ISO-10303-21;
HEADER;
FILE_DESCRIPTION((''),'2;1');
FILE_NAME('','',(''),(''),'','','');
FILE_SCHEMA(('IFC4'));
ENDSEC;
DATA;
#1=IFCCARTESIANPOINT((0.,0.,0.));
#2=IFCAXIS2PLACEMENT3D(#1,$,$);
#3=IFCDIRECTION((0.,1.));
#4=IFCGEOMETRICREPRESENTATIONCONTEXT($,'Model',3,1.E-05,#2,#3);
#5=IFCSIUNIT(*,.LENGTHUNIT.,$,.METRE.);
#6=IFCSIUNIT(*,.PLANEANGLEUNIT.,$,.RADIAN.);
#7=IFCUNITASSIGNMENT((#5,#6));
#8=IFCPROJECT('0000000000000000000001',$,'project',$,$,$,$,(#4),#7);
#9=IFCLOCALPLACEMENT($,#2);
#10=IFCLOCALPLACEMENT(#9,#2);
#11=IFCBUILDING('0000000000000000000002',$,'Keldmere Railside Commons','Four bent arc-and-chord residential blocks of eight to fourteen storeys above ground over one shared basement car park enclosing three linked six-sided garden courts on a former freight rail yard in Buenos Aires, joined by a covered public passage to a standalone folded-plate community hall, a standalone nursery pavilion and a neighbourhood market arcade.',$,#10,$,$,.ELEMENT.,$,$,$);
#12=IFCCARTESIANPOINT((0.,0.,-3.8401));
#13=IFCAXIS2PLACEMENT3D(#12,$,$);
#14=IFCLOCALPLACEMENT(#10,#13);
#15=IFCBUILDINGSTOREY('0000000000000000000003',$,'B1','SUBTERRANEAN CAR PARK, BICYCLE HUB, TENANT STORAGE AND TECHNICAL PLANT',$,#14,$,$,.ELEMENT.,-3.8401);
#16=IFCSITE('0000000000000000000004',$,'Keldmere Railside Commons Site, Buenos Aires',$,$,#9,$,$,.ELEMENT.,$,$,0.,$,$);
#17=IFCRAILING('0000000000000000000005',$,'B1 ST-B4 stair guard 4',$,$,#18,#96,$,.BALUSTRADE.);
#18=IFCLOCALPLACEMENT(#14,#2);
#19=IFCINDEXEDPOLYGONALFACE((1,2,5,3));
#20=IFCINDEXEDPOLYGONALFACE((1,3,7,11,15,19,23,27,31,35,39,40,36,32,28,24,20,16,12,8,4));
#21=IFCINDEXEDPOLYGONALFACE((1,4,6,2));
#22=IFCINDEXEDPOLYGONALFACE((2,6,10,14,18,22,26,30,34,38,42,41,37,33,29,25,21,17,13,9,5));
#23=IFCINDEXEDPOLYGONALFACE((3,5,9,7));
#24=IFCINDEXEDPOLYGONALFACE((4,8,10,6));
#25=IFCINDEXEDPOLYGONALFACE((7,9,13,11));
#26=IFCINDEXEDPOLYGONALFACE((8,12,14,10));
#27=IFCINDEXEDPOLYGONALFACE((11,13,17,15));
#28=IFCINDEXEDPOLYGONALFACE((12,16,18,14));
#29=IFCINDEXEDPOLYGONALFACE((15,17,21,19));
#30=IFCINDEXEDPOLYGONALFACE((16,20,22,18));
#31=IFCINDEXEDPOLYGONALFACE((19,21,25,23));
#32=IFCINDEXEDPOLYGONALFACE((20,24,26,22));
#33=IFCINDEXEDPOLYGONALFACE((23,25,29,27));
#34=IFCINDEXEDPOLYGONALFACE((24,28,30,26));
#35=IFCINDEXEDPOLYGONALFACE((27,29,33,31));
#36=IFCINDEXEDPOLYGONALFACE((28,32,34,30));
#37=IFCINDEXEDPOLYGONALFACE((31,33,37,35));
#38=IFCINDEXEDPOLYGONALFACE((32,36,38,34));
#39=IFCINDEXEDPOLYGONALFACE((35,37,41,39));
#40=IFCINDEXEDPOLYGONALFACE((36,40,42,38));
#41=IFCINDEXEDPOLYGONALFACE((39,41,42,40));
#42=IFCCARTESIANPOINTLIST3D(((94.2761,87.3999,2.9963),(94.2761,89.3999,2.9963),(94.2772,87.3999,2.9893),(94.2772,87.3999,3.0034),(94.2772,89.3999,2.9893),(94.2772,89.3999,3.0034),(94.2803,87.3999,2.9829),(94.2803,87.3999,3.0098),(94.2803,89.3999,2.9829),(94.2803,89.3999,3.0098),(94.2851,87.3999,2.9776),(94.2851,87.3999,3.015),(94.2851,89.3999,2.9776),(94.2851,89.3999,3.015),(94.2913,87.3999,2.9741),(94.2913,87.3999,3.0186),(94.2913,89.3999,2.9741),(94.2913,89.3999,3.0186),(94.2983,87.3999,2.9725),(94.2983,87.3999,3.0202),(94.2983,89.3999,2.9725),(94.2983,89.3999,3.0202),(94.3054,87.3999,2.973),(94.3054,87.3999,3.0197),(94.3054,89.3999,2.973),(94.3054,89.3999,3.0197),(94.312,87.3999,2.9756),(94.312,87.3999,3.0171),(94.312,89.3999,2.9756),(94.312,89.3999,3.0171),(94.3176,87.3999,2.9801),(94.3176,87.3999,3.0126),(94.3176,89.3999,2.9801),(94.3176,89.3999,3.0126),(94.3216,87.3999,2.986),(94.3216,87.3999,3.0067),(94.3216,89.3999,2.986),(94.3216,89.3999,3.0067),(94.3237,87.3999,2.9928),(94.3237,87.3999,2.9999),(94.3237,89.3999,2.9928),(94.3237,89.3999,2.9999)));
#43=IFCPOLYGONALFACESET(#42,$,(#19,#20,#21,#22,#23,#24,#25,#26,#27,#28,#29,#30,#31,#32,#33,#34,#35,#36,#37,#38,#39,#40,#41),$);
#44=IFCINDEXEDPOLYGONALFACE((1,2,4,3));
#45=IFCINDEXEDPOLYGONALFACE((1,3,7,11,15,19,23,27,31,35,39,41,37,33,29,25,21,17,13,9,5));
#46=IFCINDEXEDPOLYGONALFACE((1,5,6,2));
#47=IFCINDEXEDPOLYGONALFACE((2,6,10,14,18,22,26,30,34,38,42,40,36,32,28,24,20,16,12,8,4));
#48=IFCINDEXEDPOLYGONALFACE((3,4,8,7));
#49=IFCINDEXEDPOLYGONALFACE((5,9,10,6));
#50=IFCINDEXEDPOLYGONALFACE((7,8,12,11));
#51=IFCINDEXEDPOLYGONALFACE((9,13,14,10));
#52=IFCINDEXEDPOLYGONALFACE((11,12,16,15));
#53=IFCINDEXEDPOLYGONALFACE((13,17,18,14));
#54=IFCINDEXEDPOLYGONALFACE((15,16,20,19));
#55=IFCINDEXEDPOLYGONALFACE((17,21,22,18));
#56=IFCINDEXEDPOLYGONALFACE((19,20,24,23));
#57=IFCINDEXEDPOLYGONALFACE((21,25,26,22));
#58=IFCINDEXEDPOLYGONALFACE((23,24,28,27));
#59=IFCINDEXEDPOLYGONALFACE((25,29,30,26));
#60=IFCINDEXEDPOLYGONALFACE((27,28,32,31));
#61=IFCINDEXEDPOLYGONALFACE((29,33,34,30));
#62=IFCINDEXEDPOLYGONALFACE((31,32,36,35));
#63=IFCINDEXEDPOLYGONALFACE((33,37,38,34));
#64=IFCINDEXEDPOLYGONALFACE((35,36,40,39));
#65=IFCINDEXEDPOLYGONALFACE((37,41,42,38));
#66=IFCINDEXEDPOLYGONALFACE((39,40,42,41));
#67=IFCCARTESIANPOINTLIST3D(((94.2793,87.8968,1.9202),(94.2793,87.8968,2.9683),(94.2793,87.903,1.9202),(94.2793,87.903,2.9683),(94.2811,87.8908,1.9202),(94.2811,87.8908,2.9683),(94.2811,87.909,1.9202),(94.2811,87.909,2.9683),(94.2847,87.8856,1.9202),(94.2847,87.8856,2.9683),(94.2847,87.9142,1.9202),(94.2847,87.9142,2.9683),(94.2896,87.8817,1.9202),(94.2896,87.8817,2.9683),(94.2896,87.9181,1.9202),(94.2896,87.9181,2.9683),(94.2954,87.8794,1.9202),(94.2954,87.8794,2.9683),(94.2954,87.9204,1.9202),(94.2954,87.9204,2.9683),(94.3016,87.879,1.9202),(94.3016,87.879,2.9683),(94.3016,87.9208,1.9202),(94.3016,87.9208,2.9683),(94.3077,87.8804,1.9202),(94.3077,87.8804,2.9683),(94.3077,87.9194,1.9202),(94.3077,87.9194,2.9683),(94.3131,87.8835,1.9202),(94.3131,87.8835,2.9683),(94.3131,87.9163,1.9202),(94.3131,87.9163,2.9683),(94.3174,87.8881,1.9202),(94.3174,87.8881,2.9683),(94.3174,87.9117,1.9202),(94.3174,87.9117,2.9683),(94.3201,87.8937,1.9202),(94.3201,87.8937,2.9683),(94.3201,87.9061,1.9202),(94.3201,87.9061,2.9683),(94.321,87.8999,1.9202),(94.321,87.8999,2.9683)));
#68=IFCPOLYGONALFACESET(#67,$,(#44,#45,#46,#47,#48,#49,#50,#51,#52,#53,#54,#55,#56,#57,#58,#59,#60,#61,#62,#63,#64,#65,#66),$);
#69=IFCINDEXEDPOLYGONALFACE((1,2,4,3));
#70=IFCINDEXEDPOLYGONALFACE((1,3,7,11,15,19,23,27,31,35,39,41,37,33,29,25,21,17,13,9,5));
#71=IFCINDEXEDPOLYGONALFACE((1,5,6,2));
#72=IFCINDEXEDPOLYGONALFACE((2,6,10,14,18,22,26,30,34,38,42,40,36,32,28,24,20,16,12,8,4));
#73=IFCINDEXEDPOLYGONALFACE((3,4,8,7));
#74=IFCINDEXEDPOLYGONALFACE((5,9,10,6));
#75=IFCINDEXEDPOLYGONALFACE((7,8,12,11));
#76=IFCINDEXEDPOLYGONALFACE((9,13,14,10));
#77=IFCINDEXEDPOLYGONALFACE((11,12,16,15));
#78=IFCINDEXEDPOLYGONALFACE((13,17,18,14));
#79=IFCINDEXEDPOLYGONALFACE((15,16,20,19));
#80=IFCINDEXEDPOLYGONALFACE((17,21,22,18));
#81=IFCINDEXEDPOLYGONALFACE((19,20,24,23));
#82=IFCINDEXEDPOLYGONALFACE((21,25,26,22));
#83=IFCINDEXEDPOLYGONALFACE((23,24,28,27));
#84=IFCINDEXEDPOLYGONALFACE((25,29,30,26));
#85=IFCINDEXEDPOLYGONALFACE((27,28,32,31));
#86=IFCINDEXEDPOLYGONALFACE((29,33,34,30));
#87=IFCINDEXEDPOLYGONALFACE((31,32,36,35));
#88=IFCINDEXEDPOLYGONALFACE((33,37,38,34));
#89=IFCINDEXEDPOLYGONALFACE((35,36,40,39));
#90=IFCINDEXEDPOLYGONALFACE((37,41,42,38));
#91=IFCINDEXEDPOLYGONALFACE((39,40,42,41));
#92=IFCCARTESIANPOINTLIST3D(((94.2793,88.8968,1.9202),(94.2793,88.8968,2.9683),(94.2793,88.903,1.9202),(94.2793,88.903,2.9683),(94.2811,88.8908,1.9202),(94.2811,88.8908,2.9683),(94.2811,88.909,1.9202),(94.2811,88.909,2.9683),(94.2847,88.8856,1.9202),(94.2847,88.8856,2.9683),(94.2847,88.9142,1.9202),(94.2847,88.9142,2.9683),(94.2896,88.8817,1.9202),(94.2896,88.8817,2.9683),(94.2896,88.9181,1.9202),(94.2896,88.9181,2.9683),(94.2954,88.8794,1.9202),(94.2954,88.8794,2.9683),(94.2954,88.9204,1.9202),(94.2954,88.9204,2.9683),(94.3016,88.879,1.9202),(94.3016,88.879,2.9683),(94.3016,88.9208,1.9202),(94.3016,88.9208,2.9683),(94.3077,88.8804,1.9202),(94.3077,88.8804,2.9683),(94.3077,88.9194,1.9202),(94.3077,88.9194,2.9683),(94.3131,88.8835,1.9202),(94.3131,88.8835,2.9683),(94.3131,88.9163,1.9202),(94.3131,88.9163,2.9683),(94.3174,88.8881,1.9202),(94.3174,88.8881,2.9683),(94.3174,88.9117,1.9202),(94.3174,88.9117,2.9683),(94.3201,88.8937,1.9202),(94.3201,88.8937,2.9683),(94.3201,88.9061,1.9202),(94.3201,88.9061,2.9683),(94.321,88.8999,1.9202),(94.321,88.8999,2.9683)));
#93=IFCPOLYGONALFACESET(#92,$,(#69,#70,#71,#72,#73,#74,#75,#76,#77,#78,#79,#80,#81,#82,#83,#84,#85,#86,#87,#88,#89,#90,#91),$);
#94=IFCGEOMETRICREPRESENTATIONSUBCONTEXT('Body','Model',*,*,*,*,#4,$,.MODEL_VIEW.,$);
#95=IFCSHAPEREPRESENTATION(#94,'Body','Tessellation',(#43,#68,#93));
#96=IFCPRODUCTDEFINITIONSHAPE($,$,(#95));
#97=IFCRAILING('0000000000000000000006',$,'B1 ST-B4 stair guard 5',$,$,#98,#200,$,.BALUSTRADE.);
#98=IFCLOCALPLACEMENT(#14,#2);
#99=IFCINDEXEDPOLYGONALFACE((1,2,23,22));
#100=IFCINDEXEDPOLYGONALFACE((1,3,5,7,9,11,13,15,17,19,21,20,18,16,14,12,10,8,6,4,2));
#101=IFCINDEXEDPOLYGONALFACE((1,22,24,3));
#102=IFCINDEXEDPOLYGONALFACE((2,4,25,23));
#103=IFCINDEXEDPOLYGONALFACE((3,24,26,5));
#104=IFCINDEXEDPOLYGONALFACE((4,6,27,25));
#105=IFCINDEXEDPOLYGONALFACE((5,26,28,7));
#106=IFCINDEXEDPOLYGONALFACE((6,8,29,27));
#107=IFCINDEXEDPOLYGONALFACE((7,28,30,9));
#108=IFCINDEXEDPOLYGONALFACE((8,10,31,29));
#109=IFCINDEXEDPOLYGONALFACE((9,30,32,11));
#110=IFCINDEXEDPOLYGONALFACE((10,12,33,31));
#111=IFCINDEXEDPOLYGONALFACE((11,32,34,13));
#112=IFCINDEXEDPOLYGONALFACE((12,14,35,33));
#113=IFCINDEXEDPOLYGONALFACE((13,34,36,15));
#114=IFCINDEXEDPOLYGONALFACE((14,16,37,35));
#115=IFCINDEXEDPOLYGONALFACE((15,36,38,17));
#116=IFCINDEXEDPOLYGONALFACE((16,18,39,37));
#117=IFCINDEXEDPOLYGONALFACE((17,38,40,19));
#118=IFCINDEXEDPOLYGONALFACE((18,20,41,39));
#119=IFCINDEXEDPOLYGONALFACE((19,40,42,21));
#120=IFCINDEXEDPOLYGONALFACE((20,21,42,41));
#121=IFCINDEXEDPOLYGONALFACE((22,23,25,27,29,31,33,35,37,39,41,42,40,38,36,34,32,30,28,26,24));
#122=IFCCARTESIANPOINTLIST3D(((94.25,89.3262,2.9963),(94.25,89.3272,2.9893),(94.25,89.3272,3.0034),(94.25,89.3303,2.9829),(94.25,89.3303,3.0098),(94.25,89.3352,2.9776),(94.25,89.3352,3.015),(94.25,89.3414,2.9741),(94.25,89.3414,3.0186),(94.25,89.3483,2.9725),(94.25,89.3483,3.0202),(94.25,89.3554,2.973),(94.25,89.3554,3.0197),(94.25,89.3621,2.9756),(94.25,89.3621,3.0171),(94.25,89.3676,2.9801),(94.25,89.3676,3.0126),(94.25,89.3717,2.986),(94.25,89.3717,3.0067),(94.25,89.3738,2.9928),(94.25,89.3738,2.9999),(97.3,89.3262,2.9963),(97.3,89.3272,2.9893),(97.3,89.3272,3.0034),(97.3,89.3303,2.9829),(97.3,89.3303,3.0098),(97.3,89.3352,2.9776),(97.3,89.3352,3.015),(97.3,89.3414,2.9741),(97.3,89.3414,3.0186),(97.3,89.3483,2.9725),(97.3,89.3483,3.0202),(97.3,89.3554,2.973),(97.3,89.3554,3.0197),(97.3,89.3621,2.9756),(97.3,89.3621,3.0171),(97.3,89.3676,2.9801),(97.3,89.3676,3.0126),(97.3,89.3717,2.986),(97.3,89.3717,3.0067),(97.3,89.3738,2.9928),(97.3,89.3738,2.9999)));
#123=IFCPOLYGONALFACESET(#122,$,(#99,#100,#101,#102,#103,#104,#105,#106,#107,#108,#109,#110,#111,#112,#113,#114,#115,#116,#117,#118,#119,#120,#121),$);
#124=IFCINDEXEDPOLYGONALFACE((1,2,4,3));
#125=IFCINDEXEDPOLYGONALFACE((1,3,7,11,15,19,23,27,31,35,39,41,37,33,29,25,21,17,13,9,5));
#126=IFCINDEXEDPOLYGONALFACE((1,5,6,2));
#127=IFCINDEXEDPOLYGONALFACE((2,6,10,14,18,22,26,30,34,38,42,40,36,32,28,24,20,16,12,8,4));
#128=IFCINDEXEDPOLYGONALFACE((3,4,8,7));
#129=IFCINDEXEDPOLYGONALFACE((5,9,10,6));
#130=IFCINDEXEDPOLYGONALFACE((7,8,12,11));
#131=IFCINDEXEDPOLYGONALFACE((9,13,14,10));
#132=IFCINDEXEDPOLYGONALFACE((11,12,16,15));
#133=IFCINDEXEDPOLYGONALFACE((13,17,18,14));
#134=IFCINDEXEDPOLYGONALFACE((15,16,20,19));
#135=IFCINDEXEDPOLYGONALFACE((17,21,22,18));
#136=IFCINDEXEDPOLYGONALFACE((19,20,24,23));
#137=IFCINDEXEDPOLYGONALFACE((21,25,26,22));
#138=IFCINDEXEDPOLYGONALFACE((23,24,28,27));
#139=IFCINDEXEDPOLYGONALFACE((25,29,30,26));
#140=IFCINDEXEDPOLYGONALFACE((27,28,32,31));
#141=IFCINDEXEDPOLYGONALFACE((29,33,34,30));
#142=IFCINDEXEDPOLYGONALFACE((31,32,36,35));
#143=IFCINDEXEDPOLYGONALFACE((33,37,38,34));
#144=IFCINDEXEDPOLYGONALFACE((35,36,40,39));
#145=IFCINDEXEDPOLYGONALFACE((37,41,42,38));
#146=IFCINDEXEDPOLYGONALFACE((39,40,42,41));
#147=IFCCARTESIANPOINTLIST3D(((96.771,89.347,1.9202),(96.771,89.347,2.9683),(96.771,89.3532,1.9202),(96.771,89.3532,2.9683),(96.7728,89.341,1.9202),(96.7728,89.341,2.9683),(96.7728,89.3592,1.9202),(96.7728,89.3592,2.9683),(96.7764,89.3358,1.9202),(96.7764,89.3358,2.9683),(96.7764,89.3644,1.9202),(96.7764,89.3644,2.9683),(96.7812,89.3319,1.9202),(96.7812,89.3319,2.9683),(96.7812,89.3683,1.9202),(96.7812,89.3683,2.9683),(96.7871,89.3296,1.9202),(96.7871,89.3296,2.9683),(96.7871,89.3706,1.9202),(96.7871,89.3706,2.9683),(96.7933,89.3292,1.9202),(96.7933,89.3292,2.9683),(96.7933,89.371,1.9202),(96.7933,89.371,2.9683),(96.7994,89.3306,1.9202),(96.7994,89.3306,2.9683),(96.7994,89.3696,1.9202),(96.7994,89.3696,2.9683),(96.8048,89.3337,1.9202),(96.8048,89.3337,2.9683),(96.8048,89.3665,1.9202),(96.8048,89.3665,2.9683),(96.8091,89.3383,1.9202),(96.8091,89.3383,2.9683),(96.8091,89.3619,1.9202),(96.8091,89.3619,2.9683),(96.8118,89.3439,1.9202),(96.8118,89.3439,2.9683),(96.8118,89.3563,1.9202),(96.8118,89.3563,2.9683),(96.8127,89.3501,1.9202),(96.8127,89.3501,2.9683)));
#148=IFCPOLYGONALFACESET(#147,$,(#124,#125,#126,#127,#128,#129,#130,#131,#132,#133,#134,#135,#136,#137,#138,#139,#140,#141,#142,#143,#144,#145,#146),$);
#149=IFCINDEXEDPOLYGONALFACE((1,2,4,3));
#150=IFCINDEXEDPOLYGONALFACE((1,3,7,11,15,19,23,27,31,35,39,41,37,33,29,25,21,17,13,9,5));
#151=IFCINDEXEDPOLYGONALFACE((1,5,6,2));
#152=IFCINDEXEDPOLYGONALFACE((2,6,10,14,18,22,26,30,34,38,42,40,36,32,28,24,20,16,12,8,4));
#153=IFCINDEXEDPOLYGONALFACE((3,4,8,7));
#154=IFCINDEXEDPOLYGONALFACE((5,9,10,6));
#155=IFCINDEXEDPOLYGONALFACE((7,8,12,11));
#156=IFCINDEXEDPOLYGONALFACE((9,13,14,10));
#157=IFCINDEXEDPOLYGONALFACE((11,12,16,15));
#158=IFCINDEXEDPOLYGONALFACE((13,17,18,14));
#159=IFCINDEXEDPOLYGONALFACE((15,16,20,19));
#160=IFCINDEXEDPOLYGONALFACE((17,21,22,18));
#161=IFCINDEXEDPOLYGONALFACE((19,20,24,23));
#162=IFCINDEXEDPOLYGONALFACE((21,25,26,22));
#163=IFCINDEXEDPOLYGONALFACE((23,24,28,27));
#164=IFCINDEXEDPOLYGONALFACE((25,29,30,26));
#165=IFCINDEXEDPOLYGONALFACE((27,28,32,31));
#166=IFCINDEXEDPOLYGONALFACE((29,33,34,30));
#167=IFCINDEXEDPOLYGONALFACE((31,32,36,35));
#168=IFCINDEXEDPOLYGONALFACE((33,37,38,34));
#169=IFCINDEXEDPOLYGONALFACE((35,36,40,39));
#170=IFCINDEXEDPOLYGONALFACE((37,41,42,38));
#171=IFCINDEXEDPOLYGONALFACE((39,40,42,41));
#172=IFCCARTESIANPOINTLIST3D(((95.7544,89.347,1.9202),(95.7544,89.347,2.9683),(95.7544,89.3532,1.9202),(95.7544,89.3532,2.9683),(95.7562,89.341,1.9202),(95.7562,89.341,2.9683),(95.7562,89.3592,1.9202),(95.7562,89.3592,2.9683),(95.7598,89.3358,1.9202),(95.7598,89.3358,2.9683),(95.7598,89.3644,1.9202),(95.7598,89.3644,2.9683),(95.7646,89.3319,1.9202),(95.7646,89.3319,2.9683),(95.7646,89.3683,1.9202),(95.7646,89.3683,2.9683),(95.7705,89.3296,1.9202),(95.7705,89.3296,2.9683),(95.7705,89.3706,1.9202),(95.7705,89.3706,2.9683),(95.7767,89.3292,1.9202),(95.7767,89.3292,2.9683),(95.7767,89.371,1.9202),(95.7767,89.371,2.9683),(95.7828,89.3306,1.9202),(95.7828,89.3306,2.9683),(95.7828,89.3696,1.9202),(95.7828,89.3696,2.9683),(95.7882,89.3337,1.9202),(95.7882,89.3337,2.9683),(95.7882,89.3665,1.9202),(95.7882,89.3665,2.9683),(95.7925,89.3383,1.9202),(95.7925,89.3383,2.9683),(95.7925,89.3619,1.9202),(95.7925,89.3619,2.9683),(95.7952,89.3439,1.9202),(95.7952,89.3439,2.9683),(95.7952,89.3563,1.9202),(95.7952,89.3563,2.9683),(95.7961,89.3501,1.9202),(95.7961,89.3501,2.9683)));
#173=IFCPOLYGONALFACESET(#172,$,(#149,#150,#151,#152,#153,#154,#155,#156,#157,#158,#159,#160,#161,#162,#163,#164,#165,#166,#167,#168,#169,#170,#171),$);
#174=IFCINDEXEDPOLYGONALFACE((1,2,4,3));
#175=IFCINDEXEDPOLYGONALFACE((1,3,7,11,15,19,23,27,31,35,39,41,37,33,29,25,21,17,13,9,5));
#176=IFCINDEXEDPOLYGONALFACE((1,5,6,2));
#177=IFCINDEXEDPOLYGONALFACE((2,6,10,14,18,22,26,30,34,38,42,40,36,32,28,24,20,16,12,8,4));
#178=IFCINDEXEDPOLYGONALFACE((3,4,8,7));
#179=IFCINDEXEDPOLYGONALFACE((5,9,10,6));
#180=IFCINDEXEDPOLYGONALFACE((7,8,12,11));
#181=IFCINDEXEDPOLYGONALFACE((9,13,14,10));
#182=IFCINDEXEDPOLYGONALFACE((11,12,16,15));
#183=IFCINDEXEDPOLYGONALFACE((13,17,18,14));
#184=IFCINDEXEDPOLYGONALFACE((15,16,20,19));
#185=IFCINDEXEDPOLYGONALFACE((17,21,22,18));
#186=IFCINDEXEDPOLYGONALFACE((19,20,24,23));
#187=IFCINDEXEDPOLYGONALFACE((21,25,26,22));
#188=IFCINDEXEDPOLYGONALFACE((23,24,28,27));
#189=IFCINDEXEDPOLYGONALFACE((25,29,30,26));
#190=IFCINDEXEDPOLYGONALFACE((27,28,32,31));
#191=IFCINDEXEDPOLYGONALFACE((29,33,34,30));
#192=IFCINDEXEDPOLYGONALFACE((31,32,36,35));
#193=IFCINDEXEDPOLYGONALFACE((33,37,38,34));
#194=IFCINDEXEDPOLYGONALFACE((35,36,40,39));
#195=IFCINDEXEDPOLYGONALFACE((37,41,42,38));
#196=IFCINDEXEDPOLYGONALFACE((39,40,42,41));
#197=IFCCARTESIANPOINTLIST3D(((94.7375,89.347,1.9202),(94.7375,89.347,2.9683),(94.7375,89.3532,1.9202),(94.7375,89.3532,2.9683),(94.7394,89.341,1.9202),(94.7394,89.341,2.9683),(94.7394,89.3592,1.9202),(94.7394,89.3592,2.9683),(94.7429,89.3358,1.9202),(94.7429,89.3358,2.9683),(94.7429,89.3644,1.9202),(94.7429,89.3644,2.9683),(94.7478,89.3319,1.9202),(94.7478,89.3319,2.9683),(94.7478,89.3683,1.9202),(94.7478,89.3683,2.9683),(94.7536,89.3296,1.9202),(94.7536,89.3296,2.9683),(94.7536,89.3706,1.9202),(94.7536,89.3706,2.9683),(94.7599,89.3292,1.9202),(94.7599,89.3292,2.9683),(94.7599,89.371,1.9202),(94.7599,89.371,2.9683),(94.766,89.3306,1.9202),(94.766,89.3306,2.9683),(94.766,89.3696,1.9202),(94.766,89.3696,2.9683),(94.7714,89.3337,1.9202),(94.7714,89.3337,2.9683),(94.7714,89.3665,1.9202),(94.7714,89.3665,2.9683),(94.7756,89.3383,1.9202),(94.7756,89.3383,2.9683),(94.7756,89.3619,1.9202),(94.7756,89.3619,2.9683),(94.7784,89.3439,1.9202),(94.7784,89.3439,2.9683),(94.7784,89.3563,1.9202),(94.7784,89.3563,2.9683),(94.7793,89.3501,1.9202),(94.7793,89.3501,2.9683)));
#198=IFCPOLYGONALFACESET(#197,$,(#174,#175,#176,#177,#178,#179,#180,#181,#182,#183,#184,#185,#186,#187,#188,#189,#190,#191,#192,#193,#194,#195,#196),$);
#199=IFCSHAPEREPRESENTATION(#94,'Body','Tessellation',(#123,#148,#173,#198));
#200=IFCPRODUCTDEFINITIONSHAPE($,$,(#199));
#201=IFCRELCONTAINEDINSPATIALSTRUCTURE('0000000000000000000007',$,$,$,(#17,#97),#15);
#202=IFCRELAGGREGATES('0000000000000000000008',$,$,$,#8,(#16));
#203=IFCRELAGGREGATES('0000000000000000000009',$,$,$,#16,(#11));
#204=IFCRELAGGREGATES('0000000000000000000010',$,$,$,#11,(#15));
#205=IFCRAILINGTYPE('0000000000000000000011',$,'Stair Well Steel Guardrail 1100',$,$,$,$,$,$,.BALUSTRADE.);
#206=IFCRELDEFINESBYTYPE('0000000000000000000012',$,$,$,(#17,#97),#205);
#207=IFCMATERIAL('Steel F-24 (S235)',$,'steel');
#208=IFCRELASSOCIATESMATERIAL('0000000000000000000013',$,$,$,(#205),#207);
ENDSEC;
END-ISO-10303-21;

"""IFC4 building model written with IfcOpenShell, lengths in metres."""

from ifc_helpers import new_model, si_unit, direction, frame, origin, origin_2d, place, context, subcontext, project, spatial, circle, extrude, material, type_object, element, save


model = new_model("IFC4")

# Units and contexts
model_context = context("Model", 3, precision=1e-05, world=origin(), true_north=direction((0.0, 1.0)))
body_context = subcontext(model_context, "Body", "Model", "MODEL_VIEW")
ifc_project = project(units=[si_unit("LENGTHUNIT", "METRE"), si_unit("PLANEANGLEUNIT", "RADIAN")], contexts=[model_context])

# Site, building, storey
site_placement = place(None, origin())
site = spatial("IfcSite", under=ifc_project, at=site_placement, Name="Keldmere Railside Commons Site, Buenos Aires", CompositionType="ELEMENT", RefElevation=0.0)
building_placement = place(site_placement, origin())
building = spatial("IfcBuilding", under=site, at=building_placement, Name="Keldmere Railside Commons", Description="Four bent arc-and-chord residential blocks of eight to fourteen storeys above ground over one shared basement car park enclosing three linked six-sided garden courts on a former freight rail yard in Buenos Aires, joined by a covered public passage to a standalone folded-plate community hall, a standalone nursery pavilion and a neighbourhood market arcade.", CompositionType="ELEMENT")
storey_placement = place(building_placement, frame((0.0, 0.0, -3.8401)))
storey = spatial("IfcBuildingStorey", under=building, at=storey_placement, Name="B1", Description="SUBTERRANEAN CAR PARK, BICYCLE HUB, TENANT STORAGE AND TECHNICAL PLANT", CompositionType="ELEMENT", Elevation=-3.8401)

# Railings
ifc_material_1 = material(Name="Steel F-24 (S235)", Category="steel")
railing_type_1 = type_object("IfcRailingType", Name="Stair Well Steel Guardrail 1100", PredefinedType="BALUSTRADE", material=ifc_material_1)
for number, where, name in (
    (1, (94.3, 87.3999, 1.9202), "B1 ST-B4 stair guard 4"),
):
    element("IfcRailing", number, at=place(storey_placement, frame(where)), inside=storey, type_object=railing_type_1, Name=name, PredefinedType="BALUSTRADE", context=body_context, shape_type="SweptSolid", body=[
        extrude(circle(Radius=0.0239, at=origin_2d()), frame((0.0, 0.0, 1.0762), z_axis=(0.0, 1.0, 0.0), x_axis=(-1.0, 0.0, 0.0)), (0.0, 0.0, 1.0), 2.0),
        extrude(circle(Radius=0.021, at=origin_2d()), frame((0.0, 0.5, 0.0)), (0.0, 0.0, 1.0), 1.0481),
        extrude(circle(Radius=0.021, at=origin_2d()), frame((0.0, 1.5, 0.0)), (0.0, 0.0, 1.0), 1.0481),
    ])
railing_1_placement = place(storey_placement, frame((97.3, 89.3501, 1.9202)))
element("IfcRailing", 2, at=railing_1_placement, inside=storey, type_object=railing_type_1, Name="B1 ST-B4 stair guard 5", PredefinedType="BALUSTRADE", context=body_context, shape_type="SweptSolid", body=[
    extrude(circle(Radius=0.0239, at=origin_2d()), frame((0.0, 0.0, 1.0762), z_axis=(-1.0, 0.0, 0.0), x_axis=(0.0, -1.0, 0.0)), (0.0, 0.0, 1.0), 3.05),
    extrude(circle(Radius=0.021, at=origin_2d()), frame((-0.5083, 0.0, 0.0)), (0.0, 0.0, 1.0), 1.0481),
    extrude(circle(Radius=0.021, at=origin_2d()), frame((-1.5249, 0.0, 0.0)), (0.0, 0.0, 1.0), 1.0481),
    extrude(circle(Radius=0.021, at=origin_2d()), frame((-2.5417, 0.0, 0.0)), (0.0, 0.0, 1.0), 1.0481),
])

save(model, "model.ifc")
